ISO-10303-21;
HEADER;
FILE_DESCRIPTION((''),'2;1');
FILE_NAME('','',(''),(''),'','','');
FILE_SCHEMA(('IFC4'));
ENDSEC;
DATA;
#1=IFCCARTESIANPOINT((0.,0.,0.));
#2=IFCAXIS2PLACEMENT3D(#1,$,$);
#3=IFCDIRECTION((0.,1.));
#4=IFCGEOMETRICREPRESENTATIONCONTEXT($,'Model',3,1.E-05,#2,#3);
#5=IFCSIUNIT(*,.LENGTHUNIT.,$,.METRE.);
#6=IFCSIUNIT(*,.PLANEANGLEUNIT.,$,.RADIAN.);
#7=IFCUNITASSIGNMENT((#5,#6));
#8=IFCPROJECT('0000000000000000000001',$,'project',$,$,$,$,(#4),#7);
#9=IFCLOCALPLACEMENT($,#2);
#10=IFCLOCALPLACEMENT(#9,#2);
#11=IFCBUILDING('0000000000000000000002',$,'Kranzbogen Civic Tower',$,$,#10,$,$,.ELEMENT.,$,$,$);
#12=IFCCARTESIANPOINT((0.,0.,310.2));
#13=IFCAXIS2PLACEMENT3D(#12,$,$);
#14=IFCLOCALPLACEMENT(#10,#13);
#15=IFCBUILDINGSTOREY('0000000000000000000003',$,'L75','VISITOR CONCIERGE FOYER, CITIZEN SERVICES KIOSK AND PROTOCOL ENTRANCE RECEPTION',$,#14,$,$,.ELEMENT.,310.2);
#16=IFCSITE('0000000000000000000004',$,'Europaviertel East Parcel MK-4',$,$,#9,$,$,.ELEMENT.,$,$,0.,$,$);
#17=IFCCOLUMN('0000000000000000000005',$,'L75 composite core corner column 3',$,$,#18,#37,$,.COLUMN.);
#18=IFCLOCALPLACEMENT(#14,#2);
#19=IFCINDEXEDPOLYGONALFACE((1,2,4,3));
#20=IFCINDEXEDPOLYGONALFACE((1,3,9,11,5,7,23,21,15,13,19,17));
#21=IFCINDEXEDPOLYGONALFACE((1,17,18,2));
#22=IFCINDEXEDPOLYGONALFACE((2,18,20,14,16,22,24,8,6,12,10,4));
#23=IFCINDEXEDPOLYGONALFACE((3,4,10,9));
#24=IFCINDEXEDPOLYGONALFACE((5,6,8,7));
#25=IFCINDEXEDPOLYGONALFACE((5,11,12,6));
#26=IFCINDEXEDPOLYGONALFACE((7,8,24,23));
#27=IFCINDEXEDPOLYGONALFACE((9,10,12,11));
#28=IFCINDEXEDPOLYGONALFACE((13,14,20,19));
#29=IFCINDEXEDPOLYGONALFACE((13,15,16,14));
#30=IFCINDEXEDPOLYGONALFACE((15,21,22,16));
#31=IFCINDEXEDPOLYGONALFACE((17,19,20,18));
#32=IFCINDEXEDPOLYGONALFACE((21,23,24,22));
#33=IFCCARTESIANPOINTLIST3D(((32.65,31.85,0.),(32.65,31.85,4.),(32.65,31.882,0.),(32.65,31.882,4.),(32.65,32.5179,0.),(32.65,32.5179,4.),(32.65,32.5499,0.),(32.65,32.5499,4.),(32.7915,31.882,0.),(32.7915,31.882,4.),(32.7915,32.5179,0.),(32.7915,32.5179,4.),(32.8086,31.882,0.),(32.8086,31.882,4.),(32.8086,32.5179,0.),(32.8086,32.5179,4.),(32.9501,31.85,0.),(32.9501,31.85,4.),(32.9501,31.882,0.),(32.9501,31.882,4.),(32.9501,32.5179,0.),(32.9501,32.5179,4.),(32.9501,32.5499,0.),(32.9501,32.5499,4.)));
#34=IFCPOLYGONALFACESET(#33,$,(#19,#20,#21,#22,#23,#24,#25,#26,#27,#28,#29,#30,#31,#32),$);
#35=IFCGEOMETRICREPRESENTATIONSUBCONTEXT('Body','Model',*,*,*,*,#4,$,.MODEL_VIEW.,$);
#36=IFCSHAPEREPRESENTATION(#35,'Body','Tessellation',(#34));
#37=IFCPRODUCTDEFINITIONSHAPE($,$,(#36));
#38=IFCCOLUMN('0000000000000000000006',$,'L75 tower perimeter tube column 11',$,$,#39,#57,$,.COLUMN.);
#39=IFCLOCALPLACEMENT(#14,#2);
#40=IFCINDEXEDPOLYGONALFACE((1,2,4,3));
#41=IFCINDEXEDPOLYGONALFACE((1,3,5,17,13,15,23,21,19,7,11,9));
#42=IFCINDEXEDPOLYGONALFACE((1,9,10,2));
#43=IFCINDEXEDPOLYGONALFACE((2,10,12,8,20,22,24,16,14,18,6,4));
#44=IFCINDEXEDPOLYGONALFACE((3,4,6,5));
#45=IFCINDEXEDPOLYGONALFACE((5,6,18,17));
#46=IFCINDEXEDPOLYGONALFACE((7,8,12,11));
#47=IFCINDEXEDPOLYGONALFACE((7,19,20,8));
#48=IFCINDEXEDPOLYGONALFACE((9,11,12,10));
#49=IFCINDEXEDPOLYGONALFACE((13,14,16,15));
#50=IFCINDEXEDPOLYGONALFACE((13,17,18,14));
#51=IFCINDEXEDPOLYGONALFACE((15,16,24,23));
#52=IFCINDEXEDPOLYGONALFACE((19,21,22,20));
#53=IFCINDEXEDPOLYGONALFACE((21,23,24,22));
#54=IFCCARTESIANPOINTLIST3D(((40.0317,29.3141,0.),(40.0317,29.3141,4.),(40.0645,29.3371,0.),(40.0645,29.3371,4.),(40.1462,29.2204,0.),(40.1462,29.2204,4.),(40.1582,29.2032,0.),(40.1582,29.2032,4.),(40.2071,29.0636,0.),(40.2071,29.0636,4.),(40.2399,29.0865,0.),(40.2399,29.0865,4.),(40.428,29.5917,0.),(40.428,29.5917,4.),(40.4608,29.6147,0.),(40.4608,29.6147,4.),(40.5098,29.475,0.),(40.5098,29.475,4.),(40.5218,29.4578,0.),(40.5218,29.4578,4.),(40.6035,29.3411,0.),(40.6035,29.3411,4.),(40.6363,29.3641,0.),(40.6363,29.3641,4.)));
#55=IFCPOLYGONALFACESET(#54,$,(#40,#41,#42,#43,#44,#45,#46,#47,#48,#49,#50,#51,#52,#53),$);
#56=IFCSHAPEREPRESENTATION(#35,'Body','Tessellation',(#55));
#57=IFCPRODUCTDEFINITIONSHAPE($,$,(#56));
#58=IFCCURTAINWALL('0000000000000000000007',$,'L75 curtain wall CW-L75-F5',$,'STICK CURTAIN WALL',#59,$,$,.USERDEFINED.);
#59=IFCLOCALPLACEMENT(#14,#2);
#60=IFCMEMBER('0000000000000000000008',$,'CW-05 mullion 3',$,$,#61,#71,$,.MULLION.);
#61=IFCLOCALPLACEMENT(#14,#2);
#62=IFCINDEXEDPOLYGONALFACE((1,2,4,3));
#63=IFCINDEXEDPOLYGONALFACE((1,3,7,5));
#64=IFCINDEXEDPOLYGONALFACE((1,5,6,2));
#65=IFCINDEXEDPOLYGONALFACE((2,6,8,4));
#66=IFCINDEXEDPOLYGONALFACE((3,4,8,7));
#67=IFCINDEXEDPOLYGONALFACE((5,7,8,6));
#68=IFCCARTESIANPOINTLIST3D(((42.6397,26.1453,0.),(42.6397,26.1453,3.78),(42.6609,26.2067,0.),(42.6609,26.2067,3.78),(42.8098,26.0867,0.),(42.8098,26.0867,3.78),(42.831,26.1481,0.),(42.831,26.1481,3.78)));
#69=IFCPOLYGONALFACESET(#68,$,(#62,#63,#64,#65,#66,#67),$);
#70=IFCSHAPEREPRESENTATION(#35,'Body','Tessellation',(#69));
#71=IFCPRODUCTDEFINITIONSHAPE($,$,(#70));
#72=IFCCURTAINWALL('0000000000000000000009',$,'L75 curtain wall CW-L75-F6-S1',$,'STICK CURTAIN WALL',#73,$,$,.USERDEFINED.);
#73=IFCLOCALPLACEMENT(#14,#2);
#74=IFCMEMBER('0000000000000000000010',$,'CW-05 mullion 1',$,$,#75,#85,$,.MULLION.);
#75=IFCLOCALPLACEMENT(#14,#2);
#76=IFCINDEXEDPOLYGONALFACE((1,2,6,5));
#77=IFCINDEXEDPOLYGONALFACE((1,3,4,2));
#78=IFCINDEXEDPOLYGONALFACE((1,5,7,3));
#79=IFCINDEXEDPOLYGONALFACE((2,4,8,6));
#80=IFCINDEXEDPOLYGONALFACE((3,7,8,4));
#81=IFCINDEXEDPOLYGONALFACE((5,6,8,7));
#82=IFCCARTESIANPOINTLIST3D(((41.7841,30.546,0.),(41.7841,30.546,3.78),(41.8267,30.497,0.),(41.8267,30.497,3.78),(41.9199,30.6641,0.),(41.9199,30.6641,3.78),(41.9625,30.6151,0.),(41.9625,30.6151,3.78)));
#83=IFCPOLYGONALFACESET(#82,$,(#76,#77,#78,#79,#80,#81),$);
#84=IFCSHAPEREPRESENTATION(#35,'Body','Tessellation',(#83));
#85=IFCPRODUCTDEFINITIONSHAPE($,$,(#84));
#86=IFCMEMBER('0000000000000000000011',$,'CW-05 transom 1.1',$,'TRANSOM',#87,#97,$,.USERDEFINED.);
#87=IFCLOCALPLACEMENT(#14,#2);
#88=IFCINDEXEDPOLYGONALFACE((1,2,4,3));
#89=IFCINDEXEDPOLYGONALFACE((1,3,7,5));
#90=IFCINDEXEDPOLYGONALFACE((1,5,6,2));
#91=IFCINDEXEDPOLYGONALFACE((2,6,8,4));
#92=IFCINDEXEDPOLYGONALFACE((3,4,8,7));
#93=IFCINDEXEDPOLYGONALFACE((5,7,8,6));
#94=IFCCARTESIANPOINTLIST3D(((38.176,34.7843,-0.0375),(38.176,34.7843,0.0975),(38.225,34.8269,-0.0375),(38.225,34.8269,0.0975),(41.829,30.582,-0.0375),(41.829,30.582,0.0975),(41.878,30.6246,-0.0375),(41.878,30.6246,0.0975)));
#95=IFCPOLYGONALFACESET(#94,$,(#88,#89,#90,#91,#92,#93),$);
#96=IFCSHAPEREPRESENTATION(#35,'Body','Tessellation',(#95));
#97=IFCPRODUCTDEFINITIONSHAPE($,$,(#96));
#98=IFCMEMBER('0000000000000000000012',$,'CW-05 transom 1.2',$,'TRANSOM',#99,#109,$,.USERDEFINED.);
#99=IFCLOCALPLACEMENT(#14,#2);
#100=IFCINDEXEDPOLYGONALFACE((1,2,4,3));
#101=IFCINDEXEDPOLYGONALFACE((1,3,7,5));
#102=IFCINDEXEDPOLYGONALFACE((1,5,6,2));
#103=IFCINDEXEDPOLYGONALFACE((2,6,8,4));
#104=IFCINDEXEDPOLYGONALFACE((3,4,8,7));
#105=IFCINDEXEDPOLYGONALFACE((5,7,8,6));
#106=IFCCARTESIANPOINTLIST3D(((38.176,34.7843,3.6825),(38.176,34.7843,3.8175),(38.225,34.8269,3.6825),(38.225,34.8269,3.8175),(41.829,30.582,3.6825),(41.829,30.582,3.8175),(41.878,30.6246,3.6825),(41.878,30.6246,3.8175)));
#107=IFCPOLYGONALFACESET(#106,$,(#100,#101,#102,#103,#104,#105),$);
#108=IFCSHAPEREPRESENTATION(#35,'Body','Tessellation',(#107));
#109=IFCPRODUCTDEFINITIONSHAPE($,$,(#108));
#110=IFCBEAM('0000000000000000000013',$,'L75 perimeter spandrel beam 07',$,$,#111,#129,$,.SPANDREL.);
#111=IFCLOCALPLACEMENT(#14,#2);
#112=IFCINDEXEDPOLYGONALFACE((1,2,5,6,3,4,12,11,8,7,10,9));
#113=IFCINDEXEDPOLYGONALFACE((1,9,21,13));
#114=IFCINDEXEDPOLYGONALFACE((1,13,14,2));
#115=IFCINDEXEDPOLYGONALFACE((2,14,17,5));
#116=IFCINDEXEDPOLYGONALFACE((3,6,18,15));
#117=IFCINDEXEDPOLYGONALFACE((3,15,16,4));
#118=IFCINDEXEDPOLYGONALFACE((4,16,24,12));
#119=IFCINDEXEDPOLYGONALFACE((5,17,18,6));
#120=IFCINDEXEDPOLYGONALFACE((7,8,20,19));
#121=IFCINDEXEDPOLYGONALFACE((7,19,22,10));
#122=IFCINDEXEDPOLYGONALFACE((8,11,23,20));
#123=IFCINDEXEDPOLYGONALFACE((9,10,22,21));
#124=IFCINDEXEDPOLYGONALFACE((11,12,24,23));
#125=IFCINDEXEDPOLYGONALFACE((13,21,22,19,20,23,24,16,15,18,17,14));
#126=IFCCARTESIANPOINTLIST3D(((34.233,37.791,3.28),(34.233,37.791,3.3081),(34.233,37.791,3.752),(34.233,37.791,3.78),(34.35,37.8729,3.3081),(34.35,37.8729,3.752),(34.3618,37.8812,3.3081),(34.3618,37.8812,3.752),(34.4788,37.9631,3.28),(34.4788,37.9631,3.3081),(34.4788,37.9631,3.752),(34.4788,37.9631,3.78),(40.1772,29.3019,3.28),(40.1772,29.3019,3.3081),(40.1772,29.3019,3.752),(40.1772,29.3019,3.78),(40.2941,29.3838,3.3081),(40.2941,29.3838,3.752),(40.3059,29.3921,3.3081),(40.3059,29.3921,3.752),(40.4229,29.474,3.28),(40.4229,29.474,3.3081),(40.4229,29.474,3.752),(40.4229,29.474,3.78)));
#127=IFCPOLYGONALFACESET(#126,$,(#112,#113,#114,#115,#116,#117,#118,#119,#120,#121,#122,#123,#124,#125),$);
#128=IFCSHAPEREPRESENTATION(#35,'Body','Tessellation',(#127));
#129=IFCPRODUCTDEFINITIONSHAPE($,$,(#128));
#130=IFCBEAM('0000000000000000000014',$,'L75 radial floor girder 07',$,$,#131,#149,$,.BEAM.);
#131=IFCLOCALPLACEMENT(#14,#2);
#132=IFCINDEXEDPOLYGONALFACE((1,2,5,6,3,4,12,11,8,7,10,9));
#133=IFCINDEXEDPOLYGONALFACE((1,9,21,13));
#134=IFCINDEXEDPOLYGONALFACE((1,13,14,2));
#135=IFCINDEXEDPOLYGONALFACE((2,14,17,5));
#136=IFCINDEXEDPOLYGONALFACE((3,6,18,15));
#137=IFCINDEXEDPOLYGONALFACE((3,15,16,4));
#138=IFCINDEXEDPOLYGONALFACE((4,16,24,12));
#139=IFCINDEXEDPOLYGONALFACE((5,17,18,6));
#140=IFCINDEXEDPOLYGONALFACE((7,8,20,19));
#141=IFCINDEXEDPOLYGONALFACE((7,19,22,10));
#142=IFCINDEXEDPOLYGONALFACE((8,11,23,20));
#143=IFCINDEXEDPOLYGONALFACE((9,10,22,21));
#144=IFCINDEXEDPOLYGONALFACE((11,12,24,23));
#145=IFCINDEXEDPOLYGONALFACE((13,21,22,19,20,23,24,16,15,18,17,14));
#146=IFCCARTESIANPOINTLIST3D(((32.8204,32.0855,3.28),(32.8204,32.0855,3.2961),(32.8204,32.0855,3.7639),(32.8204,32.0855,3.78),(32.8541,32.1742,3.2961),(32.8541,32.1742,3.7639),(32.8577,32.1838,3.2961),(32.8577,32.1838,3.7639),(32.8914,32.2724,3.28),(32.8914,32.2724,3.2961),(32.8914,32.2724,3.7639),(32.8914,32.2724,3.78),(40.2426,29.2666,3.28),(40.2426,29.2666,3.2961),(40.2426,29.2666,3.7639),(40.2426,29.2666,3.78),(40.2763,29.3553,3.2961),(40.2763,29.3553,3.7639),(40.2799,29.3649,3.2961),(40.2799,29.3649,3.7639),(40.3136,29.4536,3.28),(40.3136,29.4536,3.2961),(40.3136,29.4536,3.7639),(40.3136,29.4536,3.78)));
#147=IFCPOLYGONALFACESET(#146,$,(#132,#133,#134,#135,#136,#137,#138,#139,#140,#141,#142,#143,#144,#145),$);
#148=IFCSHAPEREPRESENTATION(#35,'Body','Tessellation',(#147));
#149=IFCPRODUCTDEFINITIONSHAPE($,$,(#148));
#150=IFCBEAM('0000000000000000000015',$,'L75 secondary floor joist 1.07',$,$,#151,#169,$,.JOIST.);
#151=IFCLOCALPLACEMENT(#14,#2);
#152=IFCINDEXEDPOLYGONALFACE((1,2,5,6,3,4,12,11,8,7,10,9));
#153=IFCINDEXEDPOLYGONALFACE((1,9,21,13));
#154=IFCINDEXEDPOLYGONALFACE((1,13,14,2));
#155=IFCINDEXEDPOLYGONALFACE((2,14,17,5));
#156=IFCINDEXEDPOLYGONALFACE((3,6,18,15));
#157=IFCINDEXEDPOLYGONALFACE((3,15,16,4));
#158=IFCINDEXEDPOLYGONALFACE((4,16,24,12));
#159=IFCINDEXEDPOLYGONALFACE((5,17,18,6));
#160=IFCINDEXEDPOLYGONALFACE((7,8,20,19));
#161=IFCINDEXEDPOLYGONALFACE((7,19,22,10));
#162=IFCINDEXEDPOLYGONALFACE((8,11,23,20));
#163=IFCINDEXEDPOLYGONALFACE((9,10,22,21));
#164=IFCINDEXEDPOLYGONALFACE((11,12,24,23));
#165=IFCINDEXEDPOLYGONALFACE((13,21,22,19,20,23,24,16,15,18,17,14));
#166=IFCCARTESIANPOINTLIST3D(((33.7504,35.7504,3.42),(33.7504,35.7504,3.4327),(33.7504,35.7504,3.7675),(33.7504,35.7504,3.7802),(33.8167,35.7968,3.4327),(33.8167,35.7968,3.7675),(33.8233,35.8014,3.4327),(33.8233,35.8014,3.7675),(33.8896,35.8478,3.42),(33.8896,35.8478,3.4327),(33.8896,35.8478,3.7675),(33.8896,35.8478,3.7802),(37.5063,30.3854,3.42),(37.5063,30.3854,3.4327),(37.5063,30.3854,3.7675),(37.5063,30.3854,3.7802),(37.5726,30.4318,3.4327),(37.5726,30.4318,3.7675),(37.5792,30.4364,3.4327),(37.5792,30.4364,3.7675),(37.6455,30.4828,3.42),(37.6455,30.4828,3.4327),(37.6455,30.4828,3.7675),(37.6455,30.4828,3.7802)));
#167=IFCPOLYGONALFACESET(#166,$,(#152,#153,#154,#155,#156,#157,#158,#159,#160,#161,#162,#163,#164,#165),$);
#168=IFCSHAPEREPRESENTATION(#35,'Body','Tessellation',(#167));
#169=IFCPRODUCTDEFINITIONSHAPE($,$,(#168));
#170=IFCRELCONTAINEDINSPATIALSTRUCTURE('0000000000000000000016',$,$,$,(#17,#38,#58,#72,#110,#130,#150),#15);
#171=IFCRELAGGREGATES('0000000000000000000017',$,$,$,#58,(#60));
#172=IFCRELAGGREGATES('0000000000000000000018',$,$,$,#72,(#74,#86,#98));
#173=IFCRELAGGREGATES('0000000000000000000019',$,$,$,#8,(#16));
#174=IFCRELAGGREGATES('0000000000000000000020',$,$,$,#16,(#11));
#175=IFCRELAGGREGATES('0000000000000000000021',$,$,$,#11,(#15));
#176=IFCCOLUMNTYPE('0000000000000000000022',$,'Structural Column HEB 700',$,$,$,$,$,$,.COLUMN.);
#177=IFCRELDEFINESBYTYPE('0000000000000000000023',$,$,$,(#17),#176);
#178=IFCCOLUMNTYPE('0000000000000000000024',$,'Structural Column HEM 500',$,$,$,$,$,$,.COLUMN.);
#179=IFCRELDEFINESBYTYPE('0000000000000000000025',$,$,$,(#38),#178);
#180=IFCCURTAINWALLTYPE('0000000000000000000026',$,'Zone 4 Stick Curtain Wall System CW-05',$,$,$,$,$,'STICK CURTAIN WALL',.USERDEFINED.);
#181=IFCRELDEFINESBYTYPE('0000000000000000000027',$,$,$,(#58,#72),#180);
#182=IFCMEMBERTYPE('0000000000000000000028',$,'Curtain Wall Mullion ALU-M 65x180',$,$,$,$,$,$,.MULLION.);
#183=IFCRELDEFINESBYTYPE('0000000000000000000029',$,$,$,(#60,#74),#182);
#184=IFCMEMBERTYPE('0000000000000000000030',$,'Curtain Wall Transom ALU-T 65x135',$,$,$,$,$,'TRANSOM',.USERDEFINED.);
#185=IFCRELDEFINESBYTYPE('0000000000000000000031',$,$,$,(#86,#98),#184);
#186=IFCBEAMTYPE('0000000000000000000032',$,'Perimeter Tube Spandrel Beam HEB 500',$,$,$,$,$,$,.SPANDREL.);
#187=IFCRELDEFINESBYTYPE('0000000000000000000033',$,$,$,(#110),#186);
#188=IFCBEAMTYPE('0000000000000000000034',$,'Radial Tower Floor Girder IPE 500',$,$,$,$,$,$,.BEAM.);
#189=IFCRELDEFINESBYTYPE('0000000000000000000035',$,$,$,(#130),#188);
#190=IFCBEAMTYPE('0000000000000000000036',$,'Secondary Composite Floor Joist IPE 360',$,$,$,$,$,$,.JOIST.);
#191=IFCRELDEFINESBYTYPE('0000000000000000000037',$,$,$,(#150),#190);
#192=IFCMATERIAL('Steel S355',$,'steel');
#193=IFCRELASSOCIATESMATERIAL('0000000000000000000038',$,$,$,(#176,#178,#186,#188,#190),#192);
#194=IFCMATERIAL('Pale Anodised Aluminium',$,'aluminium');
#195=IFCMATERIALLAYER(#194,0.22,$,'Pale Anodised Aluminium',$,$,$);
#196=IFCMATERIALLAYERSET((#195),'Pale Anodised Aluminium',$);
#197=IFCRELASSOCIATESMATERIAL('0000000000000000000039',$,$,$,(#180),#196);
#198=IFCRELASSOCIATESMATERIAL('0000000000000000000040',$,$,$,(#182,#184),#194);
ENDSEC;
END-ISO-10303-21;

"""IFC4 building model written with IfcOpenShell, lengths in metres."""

from ifc_helpers import new_model, si_unit, direction, frame, origin, origin_2d, place, context, subcontext, project, spatial, rectangle, i_section, extrude, material, layer, layer_set, material_profile, profile_set, type_object, element, aggregate, save


model = new_model("IFC4")

# Units and contexts
model_context = context("Model", 3, precision=1e-05, world=origin(), true_north=direction((0.0, 1.0)))
body_context = subcontext(model_context, "Body", "Model", "MODEL_VIEW")
ifc_project = project(units=[si_unit("LENGTHUNIT", "METRE"), si_unit("PLANEANGLEUNIT", "RADIAN")], contexts=[model_context])

# Site, building, storey
site_placement = place(None, origin())
site = spatial("IfcSite", under=ifc_project, at=site_placement, Name="Europaviertel East Parcel MK-4", CompositionType="ELEMENT", RefElevation=0.0)
building_placement = place(site_placement, origin())
building = spatial("IfcBuilding", under=site, at=building_placement, Name="Kranzbogen Civic Tower", CompositionType="ELEMENT")
storey_placement = place(building_placement, frame((0.0, 0.0, 310.2)))
storey = spatial("IfcBuildingStorey", under=building, at=storey_placement, Name="L75", Description="VISITOR CONCIERGE FOYER, CITIZEN SERVICES KIOSK AND PROTOCOL ENTRANCE RECEPTION", CompositionType="ELEMENT", Elevation=310.2)

# Columns
ifc_material_1 = material(Name="Steel S355", Category="steel")
ifc_material_profile_1 = material_profile(ifc_material_1, i_section(OverallWidth=0.3, OverallDepth=0.7, WebThickness=0.0171, FlangeThickness=0.032, at=origin_2d()), Name="HEB 700")
ifc_profile_set_1 = profile_set([ifc_material_profile_1], Name="Steel S355")
column_type_1 = type_object("IfcColumnType", Name="Structural Column HEB 700", PredefinedType="COLUMN", material=ifc_profile_set_1)
column_1_placement = place(storey_placement, frame((32.8, 32.2, 0.0), z_axis=(0.0, 0.0, 1.0), x_axis=(1.0, 0.0, 0.0)))
element("IfcColumn", 1, at=column_1_placement, inside=storey, type_object=column_type_1, Name="L75 composite core corner column 3", PredefinedType="COLUMN", context=body_context, shape_type="SweptSolid", body=[
    extrude(i_section(OverallWidth=0.3, OverallDepth=0.7, WebThickness=0.0171, FlangeThickness=0.032, at=origin_2d()), origin(), (0.0, 0.0, 1.0), 4.0),
])
ifc_material_profile_2 = material_profile(ifc_material_1, i_section(OverallWidth=0.3059, OverallDepth=0.5239, WebThickness=0.021, FlangeThickness=0.04, at=origin_2d()), Name="HEM 500")
ifc_profile_set_2 = profile_set([ifc_material_profile_2], Name="Steel S355")
column_type_2 = type_object("IfcColumnType", Name="Structural Column HEM 500", PredefinedType="COLUMN", material=ifc_profile_set_2)
column_2_placement = place(storey_placement, frame((40.334, 29.3391, 0.0), z_axis=(0.0, 0.0, 1.0), x_axis=(-0.573576, 0.819152, 0.0)))
element("IfcColumn", 2, at=column_2_placement, inside=storey, type_object=column_type_2, Name="L75 tower perimeter tube column 11", PredefinedType="COLUMN", context=body_context, shape_type="SweptSolid", body=[
    extrude(i_section(OverallWidth=0.3059, OverallDepth=0.5239, WebThickness=0.021, FlangeThickness=0.04, at=origin_2d()), origin(), (0.0, 0.0, 1.0), 4.0),
])

# Curtain wall, member
ifc_material_2 = material(Name="Pale Anodised Aluminium", Category="aluminium")
ifc_layer_1 = layer(ifc_material_2, 0.22, Name="Pale Anodised Aluminium")
ifc_layer_set_1 = layer_set([ifc_layer_1], Name="Pale Anodised Aluminium")
curtain_wall_type = type_object("IfcCurtainWallType", Name="Zone 4 Stick Curtain Wall System CW-05", ElementType="STICK CURTAIN WALL", PredefinedType="USERDEFINED", material=ifc_layer_set_1)
curtain_wall_1_placement = place(storey_placement, origin())
curtain_wall_1 = element("IfcCurtainWall", 3, at=curtain_wall_1_placement, inside=storey, type_object=curtain_wall_type, Name="L75 curtain wall CW-L75-F5", ObjectType="STICK CURTAIN WALL", PredefinedType="USERDEFINED")
ifc_material_profile_3 = material_profile(ifc_material_2, rectangle(XDim=0.0649, YDim=0.1799, at=origin_2d()), Name="ALU-M 65x180")
ifc_profile_set_3 = profile_set([ifc_material_profile_3], Name="Pale Anodised Aluminium")
member_type_1 = type_object("IfcMemberType", Name="Curtain Wall Mullion ALU-M 65x180", PredefinedType="MULLION", material=ifc_profile_set_3)
member_1_placement = place(storey_placement, frame((42.7354, 26.1467, 0.0), z_axis=(0.0, 0.0, 1.0), x_axis=(0.325554, 0.945523, 0.0)))
member_1 = element("IfcMember", 4, at=member_1_placement, type_object=member_type_1, Name="CW-05 mullion 3", PredefinedType="MULLION", context=body_context, shape_type="SweptSolid", body=[
    extrude(rectangle(XDim=0.0649, YDim=0.1799, at=origin_2d()), origin(), (0.0, 0.0, 1.0), 3.78),
])
aggregate(curtain_wall_1, [member_1])

# Curtain wall, members
curtain_wall_2_placement = place(storey_placement, origin())
curtain_wall_2 = element("IfcCurtainWall", 5, at=curtain_wall_2_placement, inside=storey, type_object=curtain_wall_type, Name="L75 curtain wall CW-L75-F6-S1", ObjectType="STICK CURTAIN WALL", PredefinedType="USERDEFINED")
member_2_placement = place(storey_placement, frame((41.8733, 30.5806, 0.0), z_axis=(0.0, 0.0, 1.0), x_axis=(-0.656074, 0.754696, 0.0)))
member_2 = element("IfcMember", 6, at=member_2_placement, type_object=member_type_1, Name="CW-05 mullion 1", PredefinedType="MULLION", context=body_context, shape_type="SweptSolid", body=[
    extrude(rectangle(XDim=0.0649, YDim=0.1799, at=origin_2d()), origin(), (0.0, 0.0, 1.0), 3.78),
])
ifc_material_profile_4 = material_profile(ifc_material_2, rectangle(XDim=0.0649, YDim=0.135, at=origin_2d()), Name="ALU-T 65x135")
ifc_profile_set_4 = profile_set([ifc_material_profile_4], Name="Pale Anodised Aluminium")
member_type_2 = type_object("IfcMemberType", Name="Curtain Wall Transom ALU-T 65x135", ElementType="TRANSOM", PredefinedType="USERDEFINED", material=ifc_profile_set_4)
member_3_placement = place(storey_placement, frame((41.8535, 30.6033, 0.03), z_axis=(-0.656058, 0.75471, 0.0), x_axis=(-0.75471, -0.656058, 0.0)))
member_3 = element("IfcMember", 7, at=member_3_placement, type_object=member_type_2, Name="CW-05 transom 1.1", ObjectType="TRANSOM", PredefinedType="USERDEFINED", context=body_context, shape_type="SweptSolid", body=[
    extrude(rectangle(XDim=0.0649, YDim=0.135, at=origin_2d()), origin(), (0.0, 0.0, 1.0), 5.5681),
])
member_4_placement = place(storey_placement, frame((41.8535, 30.6033, 3.75), z_axis=(-0.656058, 0.75471, 0.0), x_axis=(-0.75471, -0.656058, 0.0)))
member_4 = element("IfcMember", 8, at=member_4_placement, type_object=member_type_2, Name="CW-05 transom 1.2", ObjectType="TRANSOM", PredefinedType="USERDEFINED", context=body_context, shape_type="SweptSolid", body=[
    extrude(rectangle(XDim=0.0649, YDim=0.135, at=origin_2d()), origin(), (0.0, 0.0, 1.0), 5.5681),
])

# Beams
ifc_material_profile_5 = material_profile(ifc_material_1, i_section(OverallWidth=0.3, OverallDepth=0.5, WebThickness=0.0144, FlangeThickness=0.0281, at=origin_2d()), Name="HEB 500")
ifc_profile_set_5 = profile_set([ifc_material_profile_5], Name="Steel S355")
beam_type_1 = type_object("IfcBeamType", Name="Perimeter Tube Spandrel Beam HEB 500", PredefinedType="SPANDREL", material=ifc_profile_set_5)
beam_1_placement = place(storey_placement, frame((40.3, 29.3879, 3.53), z_axis=(-0.573578, 0.819151, 0.0), x_axis=(-0.819151, -0.573578, 0.0)))
element("IfcBeam", 9, at=beam_1_placement, inside=storey, type_object=beam_type_1, Name="L75 perimeter spandrel beam 07", PredefinedType="SPANDREL", context=body_context, shape_type="SweptSolid", body=[
    extrude(i_section(OverallWidth=0.3, OverallDepth=0.5, WebThickness=0.0144, FlangeThickness=0.0281, at=origin_2d()), origin(), (0.0, 0.0, 1.0), 10.3633),
])
ifc_material_profile_6 = material_profile(ifc_material_1, i_section(OverallWidth=0.2, OverallDepth=0.5, WebThickness=0.0103, FlangeThickness=0.0161, at=origin_2d()), Name="IPE 500")
ifc_profile_set_6 = profile_set([ifc_material_profile_6], Name="Steel S355")
beam_type_2 = type_object("IfcBeamType", Name="Radial Tower Floor Girder IPE 500", PredefinedType="BEAM", material=ifc_profile_set_6)
beam_2_placement = place(storey_placement, frame((40.2781, 29.3601, 3.53), z_axis=(-0.934849, 0.355046, 0.0), x_axis=(-0.355046, -0.934849, 0.0)))
element("IfcBeam", 10, at=beam_2_placement, inside=storey, type_object=beam_type_2, Name="L75 radial floor girder 07", PredefinedType="BEAM", context=body_context, shape_type="SweptSolid", body=[
    extrude(i_section(OverallWidth=0.2, OverallDepth=0.5, WebThickness=0.0103, FlangeThickness=0.0161, at=origin_2d()), origin(), (0.0, 0.0, 1.0), 7.9395),
])
ifc_material_profile_7 = material_profile(ifc_material_1, i_section(OverallWidth=0.1699, OverallDepth=0.3601, WebThickness=0.0081, FlangeThickness=0.0127, at=origin_2d()), Name="IPE 360")
ifc_profile_set_7 = profile_set([ifc_material_profile_7], Name="Steel S355")
beam_type_3 = type_object("IfcBeamType", Name="Secondary Composite Floor Joist IPE 360", PredefinedType="JOIST", material=ifc_profile_set_7)
beam_3_placement = place(storey_placement, frame((37.5759, 30.4341, 3.6001), z_axis=(-0.5735, 0.819206, 0.0), x_axis=(-0.819206, -0.5735, 0.0)))
element("IfcBeam", 11, at=beam_3_placement, inside=storey, type_object=beam_type_3, Name="L75 secondary floor joist 1.07", PredefinedType="JOIST", context=body_context, shape_type="SweptSolid", body=[
    extrude(i_section(OverallWidth=0.1699, OverallDepth=0.3601, WebThickness=0.0081, FlangeThickness=0.0127, at=origin_2d()), origin(), (0.0, 0.0, 1.0), 6.5491),
])

aggregate(curtain_wall_2, [member_2, member_3, member_4])

save(model, "model.ifc")
